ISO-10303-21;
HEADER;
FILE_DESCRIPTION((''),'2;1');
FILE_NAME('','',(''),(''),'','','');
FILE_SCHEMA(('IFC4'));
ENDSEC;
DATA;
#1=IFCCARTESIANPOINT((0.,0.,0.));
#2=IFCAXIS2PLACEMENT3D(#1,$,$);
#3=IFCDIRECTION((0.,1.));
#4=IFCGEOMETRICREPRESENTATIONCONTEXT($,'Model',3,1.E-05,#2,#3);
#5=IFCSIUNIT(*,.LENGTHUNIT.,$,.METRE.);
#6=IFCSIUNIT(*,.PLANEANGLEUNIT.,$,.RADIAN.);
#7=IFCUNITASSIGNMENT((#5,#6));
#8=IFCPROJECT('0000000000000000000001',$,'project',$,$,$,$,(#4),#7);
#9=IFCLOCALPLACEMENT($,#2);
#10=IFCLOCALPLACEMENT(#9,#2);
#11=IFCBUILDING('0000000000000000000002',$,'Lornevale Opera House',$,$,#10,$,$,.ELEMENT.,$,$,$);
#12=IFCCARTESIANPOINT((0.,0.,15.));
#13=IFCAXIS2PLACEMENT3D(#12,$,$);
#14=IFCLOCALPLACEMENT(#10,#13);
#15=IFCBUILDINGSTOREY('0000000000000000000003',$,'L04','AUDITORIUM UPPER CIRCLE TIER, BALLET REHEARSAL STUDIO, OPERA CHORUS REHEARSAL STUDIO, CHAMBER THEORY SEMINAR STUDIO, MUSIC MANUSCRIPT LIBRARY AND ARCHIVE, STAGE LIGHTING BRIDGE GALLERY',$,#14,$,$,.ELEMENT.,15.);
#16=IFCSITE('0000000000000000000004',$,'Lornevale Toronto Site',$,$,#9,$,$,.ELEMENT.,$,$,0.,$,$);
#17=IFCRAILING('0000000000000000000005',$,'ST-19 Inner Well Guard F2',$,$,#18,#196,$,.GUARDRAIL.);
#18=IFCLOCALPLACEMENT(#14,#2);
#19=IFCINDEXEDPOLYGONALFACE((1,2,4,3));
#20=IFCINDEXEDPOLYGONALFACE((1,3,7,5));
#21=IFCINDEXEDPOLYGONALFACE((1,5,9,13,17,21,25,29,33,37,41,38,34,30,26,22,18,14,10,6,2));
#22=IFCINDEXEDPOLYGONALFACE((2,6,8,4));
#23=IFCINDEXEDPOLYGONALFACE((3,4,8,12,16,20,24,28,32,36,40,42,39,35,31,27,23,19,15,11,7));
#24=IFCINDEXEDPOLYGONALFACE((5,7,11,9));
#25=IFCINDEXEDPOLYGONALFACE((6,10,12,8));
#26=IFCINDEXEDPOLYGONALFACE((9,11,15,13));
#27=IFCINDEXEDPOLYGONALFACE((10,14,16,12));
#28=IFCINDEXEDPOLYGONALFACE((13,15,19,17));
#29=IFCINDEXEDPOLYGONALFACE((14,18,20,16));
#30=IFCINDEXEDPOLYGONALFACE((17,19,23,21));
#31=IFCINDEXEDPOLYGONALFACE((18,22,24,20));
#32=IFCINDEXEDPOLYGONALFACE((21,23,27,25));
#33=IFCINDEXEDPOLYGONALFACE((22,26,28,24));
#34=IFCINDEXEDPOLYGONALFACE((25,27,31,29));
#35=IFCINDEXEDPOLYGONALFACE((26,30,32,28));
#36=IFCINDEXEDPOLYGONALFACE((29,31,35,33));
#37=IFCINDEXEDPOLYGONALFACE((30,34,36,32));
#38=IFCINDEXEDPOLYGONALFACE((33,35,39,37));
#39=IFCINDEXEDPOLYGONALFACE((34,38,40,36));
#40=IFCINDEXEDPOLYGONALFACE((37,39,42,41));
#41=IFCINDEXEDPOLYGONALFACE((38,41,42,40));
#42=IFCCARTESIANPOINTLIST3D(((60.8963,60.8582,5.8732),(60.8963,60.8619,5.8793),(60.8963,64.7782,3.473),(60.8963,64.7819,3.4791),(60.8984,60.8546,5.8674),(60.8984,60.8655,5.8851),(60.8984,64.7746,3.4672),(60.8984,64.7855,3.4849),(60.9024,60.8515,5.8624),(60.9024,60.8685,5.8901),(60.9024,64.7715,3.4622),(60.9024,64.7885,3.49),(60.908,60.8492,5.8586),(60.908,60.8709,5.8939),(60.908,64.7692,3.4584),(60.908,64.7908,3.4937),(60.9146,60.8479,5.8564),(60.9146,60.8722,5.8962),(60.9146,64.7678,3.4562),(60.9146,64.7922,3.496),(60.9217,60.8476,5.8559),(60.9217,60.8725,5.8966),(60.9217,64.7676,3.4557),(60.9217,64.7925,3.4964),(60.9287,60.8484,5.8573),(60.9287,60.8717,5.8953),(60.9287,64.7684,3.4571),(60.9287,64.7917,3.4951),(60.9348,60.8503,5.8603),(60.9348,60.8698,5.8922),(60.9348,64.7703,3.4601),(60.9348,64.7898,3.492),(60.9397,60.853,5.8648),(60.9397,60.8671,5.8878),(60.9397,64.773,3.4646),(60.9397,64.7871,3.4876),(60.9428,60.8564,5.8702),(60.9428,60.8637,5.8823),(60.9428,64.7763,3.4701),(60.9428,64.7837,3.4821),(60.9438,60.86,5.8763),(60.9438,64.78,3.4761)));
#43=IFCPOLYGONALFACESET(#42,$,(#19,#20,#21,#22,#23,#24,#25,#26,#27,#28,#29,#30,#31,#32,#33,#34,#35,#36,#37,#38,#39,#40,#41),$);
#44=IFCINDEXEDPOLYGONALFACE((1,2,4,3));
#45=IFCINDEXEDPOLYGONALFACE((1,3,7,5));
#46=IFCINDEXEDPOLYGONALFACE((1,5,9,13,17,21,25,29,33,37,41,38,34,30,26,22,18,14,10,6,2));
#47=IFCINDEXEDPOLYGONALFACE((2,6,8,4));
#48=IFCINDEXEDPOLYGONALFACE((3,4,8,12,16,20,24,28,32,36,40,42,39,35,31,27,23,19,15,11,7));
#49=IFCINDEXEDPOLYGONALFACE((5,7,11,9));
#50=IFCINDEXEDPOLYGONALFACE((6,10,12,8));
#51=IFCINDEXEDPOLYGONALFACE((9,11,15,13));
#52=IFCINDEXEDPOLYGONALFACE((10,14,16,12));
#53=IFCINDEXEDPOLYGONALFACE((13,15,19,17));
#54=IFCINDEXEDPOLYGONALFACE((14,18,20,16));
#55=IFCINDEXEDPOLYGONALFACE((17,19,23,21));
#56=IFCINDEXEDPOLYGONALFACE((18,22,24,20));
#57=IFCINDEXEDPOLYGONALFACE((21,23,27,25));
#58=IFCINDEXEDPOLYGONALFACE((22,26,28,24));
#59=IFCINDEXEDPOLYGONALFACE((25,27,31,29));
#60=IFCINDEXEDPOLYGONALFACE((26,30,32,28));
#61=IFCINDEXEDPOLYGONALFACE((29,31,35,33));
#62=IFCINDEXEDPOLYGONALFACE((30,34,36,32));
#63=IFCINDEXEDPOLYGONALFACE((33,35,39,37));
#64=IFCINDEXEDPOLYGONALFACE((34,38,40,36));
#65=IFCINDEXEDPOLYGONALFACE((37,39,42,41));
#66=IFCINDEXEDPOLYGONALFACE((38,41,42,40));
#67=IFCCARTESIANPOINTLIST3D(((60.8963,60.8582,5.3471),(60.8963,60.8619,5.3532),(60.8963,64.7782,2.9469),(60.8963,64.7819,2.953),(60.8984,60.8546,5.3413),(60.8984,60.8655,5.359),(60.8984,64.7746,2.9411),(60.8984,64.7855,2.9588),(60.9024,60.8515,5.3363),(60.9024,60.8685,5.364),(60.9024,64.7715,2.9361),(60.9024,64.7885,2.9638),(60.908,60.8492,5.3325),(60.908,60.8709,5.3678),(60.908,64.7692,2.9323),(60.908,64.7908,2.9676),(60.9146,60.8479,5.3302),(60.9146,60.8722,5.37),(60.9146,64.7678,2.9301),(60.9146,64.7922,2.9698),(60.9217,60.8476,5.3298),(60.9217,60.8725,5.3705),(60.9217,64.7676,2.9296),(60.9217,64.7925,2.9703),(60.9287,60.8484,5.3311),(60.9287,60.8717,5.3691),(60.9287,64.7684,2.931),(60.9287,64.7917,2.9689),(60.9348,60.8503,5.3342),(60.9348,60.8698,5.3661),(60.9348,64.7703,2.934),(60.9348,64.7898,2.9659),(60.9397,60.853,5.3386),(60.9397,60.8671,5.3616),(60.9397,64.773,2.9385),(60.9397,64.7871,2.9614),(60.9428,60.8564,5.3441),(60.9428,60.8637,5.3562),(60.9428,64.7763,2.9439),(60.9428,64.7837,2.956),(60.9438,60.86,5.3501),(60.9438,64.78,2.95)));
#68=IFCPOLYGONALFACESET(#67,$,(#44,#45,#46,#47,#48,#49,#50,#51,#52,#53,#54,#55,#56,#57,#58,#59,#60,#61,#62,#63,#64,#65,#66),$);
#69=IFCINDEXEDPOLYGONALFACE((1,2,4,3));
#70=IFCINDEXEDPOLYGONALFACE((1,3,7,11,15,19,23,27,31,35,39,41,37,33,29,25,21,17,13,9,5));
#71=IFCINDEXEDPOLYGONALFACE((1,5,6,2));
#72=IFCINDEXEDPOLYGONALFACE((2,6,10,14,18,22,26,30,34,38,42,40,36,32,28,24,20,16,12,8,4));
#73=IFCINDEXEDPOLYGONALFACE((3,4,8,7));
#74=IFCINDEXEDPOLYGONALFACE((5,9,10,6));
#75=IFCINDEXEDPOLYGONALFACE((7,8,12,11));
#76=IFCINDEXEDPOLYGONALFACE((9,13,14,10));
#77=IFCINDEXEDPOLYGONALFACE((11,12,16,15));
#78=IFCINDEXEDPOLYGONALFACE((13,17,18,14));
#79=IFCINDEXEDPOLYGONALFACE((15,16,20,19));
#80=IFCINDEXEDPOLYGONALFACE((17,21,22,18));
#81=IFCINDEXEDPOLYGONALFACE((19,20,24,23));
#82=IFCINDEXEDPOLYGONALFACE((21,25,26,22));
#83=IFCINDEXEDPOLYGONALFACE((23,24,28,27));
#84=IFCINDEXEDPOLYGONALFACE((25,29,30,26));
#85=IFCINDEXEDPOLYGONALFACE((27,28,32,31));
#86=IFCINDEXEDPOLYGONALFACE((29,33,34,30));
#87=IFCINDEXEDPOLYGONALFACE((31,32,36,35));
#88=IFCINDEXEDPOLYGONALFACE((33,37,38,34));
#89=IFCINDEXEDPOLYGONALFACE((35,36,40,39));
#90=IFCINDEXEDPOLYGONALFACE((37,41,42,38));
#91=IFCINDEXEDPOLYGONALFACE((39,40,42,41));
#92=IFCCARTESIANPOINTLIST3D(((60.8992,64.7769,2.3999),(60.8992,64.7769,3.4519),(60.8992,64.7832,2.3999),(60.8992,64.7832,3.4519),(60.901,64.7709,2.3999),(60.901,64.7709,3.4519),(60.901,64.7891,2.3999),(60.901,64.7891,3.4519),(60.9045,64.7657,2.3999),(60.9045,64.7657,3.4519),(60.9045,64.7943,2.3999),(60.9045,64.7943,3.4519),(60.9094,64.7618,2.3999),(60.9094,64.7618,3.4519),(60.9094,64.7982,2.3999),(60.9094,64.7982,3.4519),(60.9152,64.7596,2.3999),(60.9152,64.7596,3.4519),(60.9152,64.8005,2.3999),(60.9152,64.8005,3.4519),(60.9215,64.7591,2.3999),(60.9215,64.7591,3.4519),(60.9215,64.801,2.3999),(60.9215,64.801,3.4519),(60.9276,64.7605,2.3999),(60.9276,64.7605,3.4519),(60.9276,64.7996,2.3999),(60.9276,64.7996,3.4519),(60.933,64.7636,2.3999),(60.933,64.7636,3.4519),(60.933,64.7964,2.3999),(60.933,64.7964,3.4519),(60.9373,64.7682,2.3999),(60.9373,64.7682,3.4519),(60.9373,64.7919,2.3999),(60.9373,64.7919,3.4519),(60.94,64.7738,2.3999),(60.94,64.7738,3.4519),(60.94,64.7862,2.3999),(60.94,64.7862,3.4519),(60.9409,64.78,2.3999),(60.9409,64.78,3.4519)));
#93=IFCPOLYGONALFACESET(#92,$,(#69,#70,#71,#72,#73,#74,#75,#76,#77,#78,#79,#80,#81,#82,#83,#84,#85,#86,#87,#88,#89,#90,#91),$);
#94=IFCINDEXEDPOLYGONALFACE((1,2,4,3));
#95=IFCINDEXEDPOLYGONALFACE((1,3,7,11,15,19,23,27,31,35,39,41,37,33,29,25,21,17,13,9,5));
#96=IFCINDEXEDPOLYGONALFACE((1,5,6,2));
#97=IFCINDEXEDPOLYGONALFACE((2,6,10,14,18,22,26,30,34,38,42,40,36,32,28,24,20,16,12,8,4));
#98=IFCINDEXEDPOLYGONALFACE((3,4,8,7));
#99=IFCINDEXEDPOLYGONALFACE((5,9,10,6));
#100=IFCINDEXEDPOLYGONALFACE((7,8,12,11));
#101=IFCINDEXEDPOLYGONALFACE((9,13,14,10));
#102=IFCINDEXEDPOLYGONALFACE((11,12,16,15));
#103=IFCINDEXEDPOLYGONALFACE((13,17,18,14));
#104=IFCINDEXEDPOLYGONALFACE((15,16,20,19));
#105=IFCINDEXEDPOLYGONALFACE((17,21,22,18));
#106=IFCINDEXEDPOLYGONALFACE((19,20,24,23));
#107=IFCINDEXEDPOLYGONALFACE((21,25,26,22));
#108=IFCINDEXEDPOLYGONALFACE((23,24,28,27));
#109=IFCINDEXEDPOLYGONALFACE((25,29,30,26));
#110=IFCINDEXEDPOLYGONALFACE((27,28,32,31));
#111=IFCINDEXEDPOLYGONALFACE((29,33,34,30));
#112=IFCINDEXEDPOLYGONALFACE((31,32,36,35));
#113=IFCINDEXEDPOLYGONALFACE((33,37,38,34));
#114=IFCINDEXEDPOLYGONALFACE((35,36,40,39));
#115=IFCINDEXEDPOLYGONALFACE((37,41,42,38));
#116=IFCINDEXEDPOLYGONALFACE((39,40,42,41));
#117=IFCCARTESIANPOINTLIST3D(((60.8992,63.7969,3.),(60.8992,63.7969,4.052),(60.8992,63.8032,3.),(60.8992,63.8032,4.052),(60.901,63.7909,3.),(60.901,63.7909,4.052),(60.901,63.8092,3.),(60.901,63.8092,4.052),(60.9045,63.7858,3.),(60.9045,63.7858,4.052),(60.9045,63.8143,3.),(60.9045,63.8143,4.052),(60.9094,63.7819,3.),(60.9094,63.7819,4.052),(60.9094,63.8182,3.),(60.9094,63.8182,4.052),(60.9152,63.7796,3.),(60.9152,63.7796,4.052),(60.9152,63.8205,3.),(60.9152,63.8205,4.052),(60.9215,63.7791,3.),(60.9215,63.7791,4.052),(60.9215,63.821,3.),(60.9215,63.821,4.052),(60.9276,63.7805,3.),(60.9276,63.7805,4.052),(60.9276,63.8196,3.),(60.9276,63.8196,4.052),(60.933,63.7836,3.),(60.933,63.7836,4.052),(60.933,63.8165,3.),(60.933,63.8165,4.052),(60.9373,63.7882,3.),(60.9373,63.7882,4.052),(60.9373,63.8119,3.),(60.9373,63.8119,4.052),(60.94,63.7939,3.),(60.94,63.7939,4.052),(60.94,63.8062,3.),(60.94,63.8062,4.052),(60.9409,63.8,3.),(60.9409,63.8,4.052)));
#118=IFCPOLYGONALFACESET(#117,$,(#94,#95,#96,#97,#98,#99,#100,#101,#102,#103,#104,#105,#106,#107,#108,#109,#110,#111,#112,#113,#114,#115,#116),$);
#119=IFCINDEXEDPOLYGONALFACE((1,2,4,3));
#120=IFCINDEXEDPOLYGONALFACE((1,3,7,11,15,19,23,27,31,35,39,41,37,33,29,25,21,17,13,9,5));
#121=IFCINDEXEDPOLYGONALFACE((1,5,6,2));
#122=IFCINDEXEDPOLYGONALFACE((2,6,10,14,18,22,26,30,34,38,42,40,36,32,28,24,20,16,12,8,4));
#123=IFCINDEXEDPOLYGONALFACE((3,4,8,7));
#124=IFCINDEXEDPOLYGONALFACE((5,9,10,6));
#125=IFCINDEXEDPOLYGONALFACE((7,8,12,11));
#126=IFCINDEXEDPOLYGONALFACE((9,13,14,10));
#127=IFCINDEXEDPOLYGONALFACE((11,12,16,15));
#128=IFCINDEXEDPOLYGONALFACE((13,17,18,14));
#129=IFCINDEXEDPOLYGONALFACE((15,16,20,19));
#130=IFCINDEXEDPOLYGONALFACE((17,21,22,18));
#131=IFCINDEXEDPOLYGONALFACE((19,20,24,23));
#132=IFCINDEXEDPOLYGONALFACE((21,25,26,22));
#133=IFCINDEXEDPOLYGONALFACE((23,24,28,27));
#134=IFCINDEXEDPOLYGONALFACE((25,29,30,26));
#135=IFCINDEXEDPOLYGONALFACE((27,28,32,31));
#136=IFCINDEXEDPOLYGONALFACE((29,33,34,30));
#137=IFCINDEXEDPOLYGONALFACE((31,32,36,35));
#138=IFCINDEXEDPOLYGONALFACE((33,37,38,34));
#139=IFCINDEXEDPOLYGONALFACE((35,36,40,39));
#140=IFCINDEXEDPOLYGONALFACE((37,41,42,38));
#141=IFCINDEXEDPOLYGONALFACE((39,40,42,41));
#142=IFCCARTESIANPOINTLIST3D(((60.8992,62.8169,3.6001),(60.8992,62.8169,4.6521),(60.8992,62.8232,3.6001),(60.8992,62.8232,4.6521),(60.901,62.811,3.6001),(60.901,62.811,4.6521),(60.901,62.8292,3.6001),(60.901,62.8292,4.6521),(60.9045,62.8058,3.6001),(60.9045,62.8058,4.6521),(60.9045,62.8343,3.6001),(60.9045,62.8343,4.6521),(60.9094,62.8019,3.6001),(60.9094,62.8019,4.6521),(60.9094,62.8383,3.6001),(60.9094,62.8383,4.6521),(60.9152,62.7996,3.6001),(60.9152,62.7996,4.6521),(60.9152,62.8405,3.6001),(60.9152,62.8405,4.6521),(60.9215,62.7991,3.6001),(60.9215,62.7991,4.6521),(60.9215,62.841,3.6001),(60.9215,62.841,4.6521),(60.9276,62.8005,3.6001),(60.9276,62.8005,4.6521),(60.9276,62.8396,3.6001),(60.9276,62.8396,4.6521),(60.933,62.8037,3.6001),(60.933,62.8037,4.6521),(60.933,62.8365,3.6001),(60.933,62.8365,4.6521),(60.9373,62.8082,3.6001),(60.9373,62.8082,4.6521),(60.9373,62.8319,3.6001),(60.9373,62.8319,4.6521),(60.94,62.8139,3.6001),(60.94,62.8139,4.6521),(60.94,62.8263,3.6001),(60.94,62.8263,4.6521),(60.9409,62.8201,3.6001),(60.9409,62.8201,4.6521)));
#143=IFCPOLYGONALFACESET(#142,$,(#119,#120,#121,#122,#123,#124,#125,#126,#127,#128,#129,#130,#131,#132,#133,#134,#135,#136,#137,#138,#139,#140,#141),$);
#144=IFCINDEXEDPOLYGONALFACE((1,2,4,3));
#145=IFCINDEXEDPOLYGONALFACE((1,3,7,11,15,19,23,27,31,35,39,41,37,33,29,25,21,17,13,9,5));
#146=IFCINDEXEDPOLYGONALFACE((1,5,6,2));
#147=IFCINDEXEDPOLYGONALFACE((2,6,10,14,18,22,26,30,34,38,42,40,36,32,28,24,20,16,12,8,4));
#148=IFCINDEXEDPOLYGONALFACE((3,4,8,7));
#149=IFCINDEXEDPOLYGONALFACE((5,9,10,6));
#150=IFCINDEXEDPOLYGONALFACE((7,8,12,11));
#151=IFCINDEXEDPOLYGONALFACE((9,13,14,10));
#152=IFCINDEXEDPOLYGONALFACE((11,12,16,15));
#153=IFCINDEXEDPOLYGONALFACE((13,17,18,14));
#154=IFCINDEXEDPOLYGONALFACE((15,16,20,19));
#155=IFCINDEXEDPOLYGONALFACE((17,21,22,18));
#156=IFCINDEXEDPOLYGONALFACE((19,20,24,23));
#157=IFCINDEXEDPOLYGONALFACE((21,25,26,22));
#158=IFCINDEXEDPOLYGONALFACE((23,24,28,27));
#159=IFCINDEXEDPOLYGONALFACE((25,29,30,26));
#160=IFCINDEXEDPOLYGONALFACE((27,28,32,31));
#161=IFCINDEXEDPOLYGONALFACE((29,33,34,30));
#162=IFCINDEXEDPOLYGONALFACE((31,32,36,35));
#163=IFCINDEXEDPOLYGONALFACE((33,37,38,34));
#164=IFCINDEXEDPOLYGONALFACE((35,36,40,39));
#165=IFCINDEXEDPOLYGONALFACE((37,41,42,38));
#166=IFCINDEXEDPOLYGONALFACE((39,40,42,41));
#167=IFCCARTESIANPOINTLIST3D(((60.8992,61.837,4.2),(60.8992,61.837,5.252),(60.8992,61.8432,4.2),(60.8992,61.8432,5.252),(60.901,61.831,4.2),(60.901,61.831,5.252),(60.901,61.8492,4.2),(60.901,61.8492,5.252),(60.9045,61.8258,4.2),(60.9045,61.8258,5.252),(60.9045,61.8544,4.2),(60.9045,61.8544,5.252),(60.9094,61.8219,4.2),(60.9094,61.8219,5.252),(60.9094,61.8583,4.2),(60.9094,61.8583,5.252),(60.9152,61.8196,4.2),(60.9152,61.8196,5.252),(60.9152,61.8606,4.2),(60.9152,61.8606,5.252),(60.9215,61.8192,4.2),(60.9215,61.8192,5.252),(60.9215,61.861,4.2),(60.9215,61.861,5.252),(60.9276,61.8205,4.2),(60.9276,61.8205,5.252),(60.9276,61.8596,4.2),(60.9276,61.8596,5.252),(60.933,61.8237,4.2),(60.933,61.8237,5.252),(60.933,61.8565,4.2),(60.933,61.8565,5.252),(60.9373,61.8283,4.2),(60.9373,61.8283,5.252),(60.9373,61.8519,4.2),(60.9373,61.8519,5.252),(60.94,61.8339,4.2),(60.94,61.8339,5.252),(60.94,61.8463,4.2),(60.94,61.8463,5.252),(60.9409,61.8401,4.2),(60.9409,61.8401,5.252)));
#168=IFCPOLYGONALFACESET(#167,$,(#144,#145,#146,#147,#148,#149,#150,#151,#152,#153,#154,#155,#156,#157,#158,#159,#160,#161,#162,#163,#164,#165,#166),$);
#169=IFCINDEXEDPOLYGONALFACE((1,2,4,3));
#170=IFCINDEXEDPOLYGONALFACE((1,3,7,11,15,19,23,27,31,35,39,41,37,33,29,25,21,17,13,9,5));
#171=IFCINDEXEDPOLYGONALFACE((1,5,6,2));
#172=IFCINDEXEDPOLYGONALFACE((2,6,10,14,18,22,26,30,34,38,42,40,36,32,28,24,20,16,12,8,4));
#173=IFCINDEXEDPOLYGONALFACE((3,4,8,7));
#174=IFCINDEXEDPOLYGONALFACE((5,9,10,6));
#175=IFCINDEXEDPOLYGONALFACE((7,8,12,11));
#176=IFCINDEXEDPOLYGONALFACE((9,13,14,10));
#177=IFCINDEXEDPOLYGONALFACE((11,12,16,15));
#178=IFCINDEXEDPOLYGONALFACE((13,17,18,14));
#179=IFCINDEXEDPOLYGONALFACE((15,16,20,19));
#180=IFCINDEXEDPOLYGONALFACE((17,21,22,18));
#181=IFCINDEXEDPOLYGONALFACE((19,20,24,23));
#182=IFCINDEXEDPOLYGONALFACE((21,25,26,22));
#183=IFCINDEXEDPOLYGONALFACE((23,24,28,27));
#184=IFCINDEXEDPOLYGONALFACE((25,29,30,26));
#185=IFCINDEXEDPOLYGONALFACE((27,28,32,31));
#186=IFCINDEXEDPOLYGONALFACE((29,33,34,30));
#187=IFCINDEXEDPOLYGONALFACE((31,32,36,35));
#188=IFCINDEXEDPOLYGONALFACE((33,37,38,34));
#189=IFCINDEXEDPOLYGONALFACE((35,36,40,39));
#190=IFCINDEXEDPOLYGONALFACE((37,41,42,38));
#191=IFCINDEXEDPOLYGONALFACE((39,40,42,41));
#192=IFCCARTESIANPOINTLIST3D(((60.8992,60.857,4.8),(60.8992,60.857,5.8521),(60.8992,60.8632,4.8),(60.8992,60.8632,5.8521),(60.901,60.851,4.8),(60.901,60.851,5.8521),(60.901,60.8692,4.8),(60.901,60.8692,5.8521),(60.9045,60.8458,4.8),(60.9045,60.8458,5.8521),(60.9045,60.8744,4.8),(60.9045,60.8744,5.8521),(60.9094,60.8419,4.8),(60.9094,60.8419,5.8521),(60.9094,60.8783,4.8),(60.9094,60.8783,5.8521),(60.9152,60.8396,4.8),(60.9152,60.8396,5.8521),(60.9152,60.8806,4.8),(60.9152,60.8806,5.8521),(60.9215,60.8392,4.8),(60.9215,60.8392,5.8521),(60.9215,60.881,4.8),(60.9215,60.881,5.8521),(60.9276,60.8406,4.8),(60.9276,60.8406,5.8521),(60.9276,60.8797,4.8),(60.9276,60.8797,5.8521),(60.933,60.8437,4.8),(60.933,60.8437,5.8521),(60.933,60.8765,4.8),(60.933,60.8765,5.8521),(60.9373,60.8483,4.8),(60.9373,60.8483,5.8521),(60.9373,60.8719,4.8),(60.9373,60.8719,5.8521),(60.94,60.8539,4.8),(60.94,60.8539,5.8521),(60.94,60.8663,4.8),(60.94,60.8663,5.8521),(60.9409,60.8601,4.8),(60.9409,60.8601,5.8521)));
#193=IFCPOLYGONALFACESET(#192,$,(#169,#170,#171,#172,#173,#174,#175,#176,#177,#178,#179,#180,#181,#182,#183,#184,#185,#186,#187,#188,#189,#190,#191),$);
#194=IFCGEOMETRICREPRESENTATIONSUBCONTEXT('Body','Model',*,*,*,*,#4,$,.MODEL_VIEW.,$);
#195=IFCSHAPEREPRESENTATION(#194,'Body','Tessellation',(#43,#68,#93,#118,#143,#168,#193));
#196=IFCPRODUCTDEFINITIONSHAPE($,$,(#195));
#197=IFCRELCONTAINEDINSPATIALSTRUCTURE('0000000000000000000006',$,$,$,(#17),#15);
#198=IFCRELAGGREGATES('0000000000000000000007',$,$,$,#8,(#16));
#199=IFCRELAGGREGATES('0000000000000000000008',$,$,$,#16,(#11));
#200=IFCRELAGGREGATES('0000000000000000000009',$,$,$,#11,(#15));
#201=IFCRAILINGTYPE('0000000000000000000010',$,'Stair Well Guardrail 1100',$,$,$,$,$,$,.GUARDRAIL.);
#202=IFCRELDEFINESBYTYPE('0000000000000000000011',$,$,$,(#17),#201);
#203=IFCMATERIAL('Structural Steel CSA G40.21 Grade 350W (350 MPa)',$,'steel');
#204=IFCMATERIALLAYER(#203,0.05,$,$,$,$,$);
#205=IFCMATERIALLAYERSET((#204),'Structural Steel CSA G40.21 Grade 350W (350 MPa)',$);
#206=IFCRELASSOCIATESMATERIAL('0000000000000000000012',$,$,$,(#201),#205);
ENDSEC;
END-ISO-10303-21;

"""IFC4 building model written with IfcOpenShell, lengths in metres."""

from ifc_helpers import new_model, si_unit, direction, frame, origin, origin_2d, place, context, subcontext, project, spatial, circle, extrude, material, layer, layer_set, type_object, element, save


model = new_model("IFC4")

# Units and contexts
model_context = context("Model", 3, precision=1e-05, world=origin(), true_north=direction((0.0, 1.0)))
body_context = subcontext(model_context, "Body", "Model", "MODEL_VIEW")
ifc_project = project(units=[si_unit("LENGTHUNIT", "METRE"), si_unit("PLANEANGLEUNIT", "RADIAN")], contexts=[model_context])

# Site, building, storey
site_placement = place(None, origin())
site = spatial("IfcSite", under=ifc_project, at=site_placement, Name="Lornevale Toronto Site", CompositionType="ELEMENT", RefElevation=0.0)
building_placement = place(site_placement, origin())
building = spatial("IfcBuilding", under=site, at=building_placement, Name="Lornevale Opera House", CompositionType="ELEMENT")
storey_placement = place(building_placement, frame((0.0, 0.0, 15.0)))
storey = spatial("IfcBuildingStorey", under=building, at=storey_placement, Name="L04", Description="AUDITORIUM UPPER CIRCLE TIER, BALLET REHEARSAL STUDIO, OPERA CHORUS REHEARSAL STUDIO, CHAMBER THEORY SEMINAR STUDIO, MUSIC MANUSCRIPT LIBRARY AND ARCHIVE, STAGE LIGHTING BRIDGE GALLERY", CompositionType="ELEMENT", Elevation=15.0)

# Shared definitions
ifc_material_1 = material(Name="Structural Steel CSA G40.21 Grade 350W (350 MPa)", Category="steel")

# Railing
ifc_layer_1 = layer(ifc_material_1, 0.05)
ifc_layer_set_1 = layer_set([ifc_layer_1], Name="Structural Steel CSA G40.21 Grade 350W (350 MPa)")
railing_type_1 = type_object("IfcRailingType", Name="Stair Well Guardrail 1100", PredefinedType="GUARDRAIL", material=ifc_layer_set_1)
railing_1_placement = place(storey_placement, frame((60.9199, 64.78, 2.3999)))
element("IfcRailing", 1, at=railing_1_placement, inside=storey, type_object=railing_type_1, Name="ST-19 Inner Well Guard F2", PredefinedType="GUARDRAIL", context=body_context, shape_type="SweptSolid", body=[
    extrude(circle(Radius=0.0239, at=origin_2d()), frame((0.0, 0.0, 1.0762), z_axis=(0.0, -0.852832, 0.522185), x_axis=(1.0, 0.0, 0.0)), (0.0, 0.0, 1.0), 4.5964),
    extrude(circle(Radius=0.0239, at=origin_2d()), frame((0.0, 0.0, 0.55), z_axis=(0.0, -0.852832, 0.522185), x_axis=(1.0, 0.0, 0.0)), (0.0, 0.0, 1.0), 4.5964),
    extrude(circle(Radius=0.021, at=origin_2d()), origin(), (0.0, 0.0, 1.0), 1.052),
    extrude(circle(Radius=0.021, at=origin_2d()), frame((0.0, -0.98, 0.6001)), (0.0, 0.0, 1.0), 1.052),
    extrude(circle(Radius=0.021, at=origin_2d()), frame((0.0, -1.96, 1.2002)), (0.0, 0.0, 1.0), 1.052),
    extrude(circle(Radius=0.021, at=origin_2d()), frame((0.0, -2.9399, 1.8)), (0.0, 0.0, 1.0), 1.052),
    extrude(circle(Radius=0.021, at=origin_2d()), frame((0.0, -3.9199, 2.4001)), (0.0, 0.0, 1.0), 1.052),
])

save(model, "model.ifc")
